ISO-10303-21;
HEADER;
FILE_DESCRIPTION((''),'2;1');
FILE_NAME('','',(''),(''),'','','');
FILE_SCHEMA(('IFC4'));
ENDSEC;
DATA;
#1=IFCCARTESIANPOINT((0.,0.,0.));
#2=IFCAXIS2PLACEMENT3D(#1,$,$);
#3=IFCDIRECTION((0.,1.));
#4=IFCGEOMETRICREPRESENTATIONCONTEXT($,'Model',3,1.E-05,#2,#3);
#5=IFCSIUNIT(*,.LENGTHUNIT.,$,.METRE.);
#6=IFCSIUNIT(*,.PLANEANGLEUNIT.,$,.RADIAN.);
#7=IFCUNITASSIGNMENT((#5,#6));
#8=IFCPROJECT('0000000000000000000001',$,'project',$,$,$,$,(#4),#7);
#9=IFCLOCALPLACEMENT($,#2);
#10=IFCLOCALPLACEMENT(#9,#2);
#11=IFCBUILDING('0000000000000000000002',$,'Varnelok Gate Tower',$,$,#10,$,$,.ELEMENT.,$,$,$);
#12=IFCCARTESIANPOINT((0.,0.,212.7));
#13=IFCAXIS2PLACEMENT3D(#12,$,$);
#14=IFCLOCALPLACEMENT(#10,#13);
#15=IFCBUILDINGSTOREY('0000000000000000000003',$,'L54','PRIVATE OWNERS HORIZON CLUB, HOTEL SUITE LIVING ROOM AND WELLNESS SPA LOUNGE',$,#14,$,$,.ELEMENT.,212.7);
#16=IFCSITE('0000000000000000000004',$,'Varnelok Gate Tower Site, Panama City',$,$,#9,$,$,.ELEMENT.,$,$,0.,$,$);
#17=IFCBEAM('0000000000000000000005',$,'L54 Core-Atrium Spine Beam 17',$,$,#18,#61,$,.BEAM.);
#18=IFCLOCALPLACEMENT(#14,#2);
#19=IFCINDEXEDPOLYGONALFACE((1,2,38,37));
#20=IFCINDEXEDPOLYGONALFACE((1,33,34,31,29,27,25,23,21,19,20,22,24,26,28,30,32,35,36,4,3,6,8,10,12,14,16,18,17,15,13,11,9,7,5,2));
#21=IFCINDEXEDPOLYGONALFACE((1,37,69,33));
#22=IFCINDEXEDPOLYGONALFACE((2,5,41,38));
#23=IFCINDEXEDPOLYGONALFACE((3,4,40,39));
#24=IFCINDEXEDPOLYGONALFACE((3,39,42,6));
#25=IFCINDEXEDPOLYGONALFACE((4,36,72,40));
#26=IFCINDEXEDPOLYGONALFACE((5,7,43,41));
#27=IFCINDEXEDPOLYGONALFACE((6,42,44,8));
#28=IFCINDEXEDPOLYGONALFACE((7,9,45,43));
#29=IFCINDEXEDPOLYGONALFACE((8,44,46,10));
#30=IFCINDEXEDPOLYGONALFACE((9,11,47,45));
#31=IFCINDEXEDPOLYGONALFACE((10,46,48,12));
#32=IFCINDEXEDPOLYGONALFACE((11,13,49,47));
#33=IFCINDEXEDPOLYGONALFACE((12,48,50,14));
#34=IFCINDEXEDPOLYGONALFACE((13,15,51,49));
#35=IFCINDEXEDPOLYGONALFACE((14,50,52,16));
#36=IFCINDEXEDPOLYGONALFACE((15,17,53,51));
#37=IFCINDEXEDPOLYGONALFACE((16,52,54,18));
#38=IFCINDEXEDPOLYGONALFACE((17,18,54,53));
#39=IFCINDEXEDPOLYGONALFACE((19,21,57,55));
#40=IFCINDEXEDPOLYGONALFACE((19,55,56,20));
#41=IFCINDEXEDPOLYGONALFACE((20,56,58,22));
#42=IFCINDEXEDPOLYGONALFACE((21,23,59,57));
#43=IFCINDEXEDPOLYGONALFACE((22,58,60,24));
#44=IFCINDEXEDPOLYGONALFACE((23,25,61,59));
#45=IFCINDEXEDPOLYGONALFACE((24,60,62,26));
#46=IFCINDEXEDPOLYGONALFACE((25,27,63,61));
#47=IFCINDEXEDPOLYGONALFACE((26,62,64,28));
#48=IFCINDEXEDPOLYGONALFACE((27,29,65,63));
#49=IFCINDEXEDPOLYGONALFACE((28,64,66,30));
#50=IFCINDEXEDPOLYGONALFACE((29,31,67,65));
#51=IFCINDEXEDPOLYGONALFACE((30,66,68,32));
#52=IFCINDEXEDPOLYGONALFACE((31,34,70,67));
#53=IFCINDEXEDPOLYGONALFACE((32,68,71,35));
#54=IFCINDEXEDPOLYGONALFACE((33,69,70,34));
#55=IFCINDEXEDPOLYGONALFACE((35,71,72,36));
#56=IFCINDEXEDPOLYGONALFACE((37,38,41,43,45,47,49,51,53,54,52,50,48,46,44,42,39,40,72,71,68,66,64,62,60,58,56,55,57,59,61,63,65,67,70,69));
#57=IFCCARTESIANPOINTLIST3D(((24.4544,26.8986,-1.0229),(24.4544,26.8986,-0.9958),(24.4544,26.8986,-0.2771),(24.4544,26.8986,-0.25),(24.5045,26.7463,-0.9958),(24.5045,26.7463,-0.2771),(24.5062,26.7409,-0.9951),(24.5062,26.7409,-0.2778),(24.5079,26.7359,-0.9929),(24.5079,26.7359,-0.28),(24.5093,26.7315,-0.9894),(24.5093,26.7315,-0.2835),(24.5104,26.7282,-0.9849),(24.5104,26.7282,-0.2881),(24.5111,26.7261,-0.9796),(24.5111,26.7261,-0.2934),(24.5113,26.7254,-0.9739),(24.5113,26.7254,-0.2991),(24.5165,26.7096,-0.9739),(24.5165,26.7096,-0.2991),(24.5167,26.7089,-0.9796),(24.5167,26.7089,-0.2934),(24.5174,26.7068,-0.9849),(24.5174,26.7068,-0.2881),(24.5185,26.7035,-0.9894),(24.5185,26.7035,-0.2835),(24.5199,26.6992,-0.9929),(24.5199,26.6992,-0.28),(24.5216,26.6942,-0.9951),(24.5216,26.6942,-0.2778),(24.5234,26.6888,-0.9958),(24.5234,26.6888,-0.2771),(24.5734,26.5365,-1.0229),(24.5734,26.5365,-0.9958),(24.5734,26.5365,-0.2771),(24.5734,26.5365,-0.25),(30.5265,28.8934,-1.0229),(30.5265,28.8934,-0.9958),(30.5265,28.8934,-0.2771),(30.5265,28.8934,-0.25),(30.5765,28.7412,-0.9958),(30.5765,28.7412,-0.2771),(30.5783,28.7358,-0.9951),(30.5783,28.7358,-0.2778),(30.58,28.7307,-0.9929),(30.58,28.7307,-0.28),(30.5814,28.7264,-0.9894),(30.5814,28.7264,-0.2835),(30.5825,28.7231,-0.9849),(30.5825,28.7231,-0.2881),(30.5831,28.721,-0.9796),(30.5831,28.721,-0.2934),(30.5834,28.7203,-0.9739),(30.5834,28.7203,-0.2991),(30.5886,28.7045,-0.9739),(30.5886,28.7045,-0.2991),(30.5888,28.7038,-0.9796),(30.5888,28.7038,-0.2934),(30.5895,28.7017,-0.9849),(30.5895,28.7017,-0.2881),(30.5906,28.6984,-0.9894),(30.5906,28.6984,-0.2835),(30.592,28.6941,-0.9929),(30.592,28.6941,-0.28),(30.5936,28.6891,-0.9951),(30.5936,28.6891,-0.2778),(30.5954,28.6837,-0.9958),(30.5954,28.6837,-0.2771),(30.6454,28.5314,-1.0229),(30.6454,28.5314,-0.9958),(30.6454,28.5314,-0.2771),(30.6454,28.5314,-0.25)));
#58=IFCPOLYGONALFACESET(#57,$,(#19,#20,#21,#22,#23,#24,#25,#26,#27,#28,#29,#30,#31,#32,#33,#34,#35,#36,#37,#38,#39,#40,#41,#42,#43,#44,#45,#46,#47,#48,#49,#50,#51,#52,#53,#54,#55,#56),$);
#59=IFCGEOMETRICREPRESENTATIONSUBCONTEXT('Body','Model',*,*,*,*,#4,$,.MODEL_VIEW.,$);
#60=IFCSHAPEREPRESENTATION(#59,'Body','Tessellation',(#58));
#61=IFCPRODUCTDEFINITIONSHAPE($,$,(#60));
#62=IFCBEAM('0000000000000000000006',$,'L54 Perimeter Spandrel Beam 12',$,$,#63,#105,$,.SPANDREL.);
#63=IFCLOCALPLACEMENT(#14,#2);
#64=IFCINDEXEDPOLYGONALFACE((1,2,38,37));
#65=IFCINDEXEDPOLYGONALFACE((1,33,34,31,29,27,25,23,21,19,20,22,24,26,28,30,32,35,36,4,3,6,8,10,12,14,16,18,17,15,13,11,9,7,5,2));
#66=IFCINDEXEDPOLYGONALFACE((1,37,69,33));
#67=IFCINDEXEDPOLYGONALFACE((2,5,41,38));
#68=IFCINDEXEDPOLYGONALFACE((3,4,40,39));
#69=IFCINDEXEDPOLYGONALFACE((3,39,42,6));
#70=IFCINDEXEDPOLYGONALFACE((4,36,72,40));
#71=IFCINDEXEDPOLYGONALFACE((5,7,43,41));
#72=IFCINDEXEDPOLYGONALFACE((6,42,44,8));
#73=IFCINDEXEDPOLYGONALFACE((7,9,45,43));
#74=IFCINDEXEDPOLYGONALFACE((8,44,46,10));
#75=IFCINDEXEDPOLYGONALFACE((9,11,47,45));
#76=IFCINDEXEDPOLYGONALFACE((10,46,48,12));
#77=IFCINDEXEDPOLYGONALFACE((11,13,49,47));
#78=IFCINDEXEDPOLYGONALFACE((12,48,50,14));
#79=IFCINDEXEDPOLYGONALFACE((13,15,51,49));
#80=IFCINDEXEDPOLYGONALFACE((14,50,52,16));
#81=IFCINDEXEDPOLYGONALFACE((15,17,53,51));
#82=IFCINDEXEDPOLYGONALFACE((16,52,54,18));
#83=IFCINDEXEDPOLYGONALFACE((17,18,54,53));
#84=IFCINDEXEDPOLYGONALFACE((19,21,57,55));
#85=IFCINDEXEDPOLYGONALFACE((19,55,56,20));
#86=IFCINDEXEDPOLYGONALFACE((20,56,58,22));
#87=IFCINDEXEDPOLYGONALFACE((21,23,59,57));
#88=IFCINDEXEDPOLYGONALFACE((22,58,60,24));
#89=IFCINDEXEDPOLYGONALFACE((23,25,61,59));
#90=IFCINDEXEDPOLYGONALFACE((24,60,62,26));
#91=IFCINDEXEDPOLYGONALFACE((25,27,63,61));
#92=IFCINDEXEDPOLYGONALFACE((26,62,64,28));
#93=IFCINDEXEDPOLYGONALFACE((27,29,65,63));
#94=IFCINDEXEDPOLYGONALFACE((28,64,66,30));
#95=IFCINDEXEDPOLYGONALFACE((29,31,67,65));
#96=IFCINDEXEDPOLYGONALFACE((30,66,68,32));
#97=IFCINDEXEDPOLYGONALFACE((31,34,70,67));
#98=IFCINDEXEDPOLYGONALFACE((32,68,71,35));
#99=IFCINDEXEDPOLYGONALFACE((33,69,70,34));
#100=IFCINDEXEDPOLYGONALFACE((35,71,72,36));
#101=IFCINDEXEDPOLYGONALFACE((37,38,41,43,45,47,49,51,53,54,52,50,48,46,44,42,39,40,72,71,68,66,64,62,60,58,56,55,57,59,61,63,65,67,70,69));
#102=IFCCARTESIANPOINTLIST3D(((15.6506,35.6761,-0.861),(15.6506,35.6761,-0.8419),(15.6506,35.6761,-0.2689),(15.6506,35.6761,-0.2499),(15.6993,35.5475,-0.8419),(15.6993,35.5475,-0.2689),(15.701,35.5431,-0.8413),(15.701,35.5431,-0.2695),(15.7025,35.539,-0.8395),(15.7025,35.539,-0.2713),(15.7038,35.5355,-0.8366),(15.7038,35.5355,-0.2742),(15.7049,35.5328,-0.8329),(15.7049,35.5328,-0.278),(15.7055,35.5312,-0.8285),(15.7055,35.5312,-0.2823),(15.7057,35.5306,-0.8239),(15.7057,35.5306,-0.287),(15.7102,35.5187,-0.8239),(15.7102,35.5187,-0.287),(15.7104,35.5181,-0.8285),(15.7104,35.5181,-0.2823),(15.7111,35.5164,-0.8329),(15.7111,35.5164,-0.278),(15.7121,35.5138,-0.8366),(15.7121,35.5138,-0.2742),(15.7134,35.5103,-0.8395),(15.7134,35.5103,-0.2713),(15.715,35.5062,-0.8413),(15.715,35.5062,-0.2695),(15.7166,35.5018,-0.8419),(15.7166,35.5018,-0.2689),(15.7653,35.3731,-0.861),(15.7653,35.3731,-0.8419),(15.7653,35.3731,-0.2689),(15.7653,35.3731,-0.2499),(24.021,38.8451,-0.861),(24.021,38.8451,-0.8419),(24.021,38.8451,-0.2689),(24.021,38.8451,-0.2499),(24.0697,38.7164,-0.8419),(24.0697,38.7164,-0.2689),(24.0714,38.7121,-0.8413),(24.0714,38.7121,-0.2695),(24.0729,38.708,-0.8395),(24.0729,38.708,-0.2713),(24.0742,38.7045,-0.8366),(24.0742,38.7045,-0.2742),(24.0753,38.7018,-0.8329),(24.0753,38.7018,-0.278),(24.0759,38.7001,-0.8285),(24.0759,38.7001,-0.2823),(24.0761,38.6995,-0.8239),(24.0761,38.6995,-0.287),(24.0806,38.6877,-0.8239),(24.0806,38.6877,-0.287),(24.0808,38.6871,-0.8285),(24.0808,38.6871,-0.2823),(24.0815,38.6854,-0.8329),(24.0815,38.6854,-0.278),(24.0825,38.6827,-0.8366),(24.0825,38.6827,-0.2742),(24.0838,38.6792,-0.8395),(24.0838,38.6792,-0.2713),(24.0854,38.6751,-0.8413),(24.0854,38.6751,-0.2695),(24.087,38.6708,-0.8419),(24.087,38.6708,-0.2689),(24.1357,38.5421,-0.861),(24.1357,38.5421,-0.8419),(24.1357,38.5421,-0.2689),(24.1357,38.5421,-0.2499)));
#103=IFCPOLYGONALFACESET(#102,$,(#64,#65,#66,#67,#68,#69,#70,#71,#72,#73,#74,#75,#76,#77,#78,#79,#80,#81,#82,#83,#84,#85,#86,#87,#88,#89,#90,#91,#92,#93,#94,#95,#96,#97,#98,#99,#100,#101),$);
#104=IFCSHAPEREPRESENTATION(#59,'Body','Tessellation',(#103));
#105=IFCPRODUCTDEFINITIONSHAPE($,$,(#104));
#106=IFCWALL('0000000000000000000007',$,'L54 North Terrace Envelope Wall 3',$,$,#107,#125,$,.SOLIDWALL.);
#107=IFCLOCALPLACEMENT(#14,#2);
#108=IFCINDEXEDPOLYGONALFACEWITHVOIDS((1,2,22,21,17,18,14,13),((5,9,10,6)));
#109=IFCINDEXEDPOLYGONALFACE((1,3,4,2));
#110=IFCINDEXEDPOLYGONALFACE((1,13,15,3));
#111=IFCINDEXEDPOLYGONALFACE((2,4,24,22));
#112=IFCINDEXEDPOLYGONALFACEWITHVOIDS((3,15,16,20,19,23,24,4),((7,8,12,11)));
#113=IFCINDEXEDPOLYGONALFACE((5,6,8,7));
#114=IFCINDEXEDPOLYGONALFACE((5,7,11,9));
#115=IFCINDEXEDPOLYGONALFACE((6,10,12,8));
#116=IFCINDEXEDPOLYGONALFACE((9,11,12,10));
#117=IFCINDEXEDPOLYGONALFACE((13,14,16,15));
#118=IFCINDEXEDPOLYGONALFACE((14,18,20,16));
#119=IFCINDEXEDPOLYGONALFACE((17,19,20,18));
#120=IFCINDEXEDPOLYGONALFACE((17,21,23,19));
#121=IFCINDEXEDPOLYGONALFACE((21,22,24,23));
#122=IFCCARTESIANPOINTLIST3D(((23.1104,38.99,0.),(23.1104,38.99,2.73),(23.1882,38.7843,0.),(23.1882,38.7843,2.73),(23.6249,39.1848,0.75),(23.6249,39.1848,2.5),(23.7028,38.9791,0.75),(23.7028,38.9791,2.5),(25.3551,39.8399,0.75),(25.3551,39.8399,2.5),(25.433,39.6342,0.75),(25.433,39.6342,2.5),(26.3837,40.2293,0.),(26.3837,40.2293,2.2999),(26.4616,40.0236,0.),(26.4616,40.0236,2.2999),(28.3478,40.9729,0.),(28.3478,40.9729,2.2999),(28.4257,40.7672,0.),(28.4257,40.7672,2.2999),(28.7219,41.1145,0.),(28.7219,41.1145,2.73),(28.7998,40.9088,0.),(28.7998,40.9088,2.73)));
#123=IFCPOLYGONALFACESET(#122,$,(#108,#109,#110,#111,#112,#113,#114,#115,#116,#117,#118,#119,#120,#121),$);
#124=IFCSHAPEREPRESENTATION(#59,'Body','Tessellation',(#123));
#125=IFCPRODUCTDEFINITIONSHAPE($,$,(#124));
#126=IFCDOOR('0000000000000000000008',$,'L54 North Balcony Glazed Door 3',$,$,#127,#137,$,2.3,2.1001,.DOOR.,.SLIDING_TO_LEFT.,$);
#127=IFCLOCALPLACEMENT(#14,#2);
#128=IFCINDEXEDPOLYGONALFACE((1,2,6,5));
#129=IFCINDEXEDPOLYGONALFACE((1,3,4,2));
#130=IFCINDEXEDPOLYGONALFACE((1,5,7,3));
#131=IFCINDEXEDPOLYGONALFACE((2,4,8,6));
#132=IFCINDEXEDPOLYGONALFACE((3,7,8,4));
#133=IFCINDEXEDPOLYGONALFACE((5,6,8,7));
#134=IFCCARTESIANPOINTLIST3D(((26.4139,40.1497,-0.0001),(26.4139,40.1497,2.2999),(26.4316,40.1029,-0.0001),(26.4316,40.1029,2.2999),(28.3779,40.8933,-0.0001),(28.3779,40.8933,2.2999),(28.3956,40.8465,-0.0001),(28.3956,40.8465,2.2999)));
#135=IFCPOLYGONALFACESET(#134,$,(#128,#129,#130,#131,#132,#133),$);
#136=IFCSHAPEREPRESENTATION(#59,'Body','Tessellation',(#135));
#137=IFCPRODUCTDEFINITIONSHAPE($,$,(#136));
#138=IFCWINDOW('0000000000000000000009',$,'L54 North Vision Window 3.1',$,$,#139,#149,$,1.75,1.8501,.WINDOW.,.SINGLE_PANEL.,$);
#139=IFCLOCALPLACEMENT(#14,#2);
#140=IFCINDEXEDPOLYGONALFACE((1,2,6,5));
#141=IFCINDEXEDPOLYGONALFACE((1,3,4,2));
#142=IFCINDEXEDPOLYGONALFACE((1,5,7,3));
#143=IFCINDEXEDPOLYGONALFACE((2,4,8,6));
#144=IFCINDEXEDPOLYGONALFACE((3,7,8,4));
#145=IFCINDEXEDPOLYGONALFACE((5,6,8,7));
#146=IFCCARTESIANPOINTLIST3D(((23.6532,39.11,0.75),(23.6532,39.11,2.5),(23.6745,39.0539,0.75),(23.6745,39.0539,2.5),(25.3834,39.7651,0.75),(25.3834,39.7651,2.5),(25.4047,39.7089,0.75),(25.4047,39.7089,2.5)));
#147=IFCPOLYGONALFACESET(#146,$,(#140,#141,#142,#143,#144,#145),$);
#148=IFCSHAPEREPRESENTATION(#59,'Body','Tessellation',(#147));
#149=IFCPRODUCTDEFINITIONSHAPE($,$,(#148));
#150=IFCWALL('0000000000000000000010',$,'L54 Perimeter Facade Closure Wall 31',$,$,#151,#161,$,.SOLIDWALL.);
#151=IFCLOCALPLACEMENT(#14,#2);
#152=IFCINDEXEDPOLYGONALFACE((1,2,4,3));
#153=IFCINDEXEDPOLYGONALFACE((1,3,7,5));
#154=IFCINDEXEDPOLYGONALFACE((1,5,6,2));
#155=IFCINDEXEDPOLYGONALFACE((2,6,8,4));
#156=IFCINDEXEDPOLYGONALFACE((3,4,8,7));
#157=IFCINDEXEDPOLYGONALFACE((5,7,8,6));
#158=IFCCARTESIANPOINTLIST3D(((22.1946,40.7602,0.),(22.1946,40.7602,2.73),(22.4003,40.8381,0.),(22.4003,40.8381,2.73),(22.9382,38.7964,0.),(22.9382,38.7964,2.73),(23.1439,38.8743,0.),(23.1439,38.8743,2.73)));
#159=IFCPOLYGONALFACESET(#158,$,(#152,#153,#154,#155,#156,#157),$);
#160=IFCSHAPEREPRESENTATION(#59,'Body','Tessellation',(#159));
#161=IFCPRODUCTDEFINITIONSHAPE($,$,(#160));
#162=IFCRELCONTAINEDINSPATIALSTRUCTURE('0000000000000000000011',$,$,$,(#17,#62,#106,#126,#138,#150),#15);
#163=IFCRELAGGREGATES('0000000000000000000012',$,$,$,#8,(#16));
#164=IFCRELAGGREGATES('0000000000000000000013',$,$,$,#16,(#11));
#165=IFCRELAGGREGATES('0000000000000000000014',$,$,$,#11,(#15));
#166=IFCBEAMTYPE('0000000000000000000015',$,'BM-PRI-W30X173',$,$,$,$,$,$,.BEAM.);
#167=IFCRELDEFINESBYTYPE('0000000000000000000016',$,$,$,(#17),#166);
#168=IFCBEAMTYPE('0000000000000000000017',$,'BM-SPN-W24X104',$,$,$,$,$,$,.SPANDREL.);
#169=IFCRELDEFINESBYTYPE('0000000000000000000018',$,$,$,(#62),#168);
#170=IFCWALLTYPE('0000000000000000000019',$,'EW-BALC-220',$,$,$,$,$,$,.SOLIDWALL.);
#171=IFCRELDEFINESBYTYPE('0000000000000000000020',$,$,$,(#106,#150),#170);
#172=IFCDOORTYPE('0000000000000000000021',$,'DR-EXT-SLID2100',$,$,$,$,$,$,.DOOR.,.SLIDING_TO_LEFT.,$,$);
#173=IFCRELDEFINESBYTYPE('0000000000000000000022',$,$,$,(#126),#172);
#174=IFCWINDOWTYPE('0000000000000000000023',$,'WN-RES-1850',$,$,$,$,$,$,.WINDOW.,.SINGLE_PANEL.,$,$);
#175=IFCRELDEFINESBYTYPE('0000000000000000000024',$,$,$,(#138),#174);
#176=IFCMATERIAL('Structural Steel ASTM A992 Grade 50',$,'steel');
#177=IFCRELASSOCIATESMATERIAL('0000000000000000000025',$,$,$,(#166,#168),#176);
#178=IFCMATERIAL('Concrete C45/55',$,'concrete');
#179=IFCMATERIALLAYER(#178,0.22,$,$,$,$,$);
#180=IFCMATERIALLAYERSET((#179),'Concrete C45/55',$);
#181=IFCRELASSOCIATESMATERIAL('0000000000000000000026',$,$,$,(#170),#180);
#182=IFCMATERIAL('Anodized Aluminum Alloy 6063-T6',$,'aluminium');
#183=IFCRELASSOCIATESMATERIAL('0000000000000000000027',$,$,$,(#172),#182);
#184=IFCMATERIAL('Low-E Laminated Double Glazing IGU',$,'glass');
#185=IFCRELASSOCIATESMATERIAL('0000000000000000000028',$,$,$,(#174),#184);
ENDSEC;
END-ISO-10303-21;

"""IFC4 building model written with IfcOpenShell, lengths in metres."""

from ifc_helpers import new_model, si_unit, direction, frame, frame_2d, origin, origin_2d, place, context, subcontext, project, spatial, rectangle, i_section, extrude, material, layer, layer_set, material_profile, profile_set, type_object, element, fill, save


model = new_model("IFC4")

# Units and contexts
model_context = context("Model", 3, precision=1e-05, world=origin(), true_north=direction((0.0, 1.0)))
body_context = subcontext(model_context, "Body", "Model", "MODEL_VIEW")
ifc_project = project(units=[si_unit("LENGTHUNIT", "METRE"), si_unit("PLANEANGLEUNIT", "RADIAN")], contexts=[model_context])

# Site, building, storey
site_placement = place(None, origin())
site = spatial("IfcSite", under=ifc_project, at=site_placement, Name="Varnelok Gate Tower Site, Panama City", CompositionType="ELEMENT", RefElevation=0.0)
building_placement = place(site_placement, origin())
building = spatial("IfcBuilding", under=site, at=building_placement, Name="Varnelok Gate Tower", CompositionType="ELEMENT")
storey_placement = place(building_placement, frame((0.0, 0.0, 212.7)))
storey = spatial("IfcBuildingStorey", under=building, at=storey_placement, Name="L54", Description="PRIVATE OWNERS HORIZON CLUB, HOTEL SUITE LIVING ROOM AND WELLNESS SPA LOUNGE", CompositionType="ELEMENT", Elevation=212.7)

# Shared definitions
ifc_material_1 = material(Name="Structural Steel ASTM A992 Grade 50", Category="steel")

# Beams
ifc_material_profile_1 = material_profile(ifc_material_1, i_section(OverallWidth=0.3811, OverallDepth=0.7729, WebThickness=0.0166, FlangeThickness=0.0271, FilletRadius=0.022, at=origin_2d()), Name="W30X173")
ifc_profile_set_1 = profile_set([ifc_material_profile_1], Name="Structural Steel ASTM A992 Grade 50")
beam_type_1 = type_object("IfcBeamType", Name="BM-PRI-W30X173", PredefinedType="BEAM", material=ifc_profile_set_1)
beam_1_placement = place(storey_placement, frame((24.5139, 26.7175, -0.6365), z_axis=(0.950042, 0.312122, 0.0), x_axis=(-0.312122, 0.950042, 0.0)))
element("IfcBeam", 1, at=beam_1_placement, inside=storey, type_object=beam_type_1, Name="L54 Core-Atrium Spine Beam 17", PredefinedType="BEAM", context=body_context, shape_type="SweptSolid", body=[
    extrude(i_section(OverallWidth=0.3811, OverallDepth=0.7729, WebThickness=0.0166, FlangeThickness=0.0271, FilletRadius=0.022, at=origin_2d()), origin(), (0.0, 0.0, 1.0), 6.3914),
])
ifc_material_profile_2 = material_profile(ifc_material_1, i_section(OverallWidth=0.324, OverallDepth=0.6111, WebThickness=0.0127, FlangeThickness=0.019, FilletRadius=0.0181, at=origin_2d()), Name="W24X104")
ifc_profile_set_2 = profile_set([ifc_material_profile_2], Name="Structural Steel ASTM A992 Grade 50")
beam_type_2 = type_object("IfcBeamType", Name="BM-SPN-W24X104", PredefinedType="SPANDREL", material=ifc_profile_set_2)
beam_2_placement = place(storey_placement, frame((24.0784, 38.6936, -0.5554), z_axis=(-0.93522, -0.354066, 0.0), x_axis=(0.354066, -0.93522, 0.0)))
element("IfcBeam", 2, at=beam_2_placement, inside=storey, type_object=beam_type_2, Name="L54 Perimeter Spandrel Beam 12", PredefinedType="SPANDREL", context=body_context, shape_type="SweptSolid", body=[
    extrude(i_section(OverallWidth=0.324, OverallDepth=0.6111, WebThickness=0.0127, FlangeThickness=0.019, FilletRadius=0.0181, at=origin_2d()), origin(), (0.0, 0.0, 1.0), 8.9502),
])

# Wall, openings, door, window
ifc_material_2 = material(Name="Concrete C45/55", Category="concrete")
ifc_layer_1 = layer(ifc_material_2, 0.22)
ifc_layer_set_1 = layer_set([ifc_layer_1], Name="Concrete C45/55")
wall_type_1 = type_object("IfcWallType", Name="EW-BALC-220", PredefinedType="SOLIDWALL", material=ifc_layer_set_1)
wall_1_placement = place(storey_placement, frame((23.1494, 38.8872, 0.0), z_axis=(0.0, 0.0, 1.0), x_axis=(0.935219, 0.354069, 0.0)))
wall_1 = element("IfcWall", 3, at=wall_1_placement, inside=storey, type_object=wall_type_1, Name="L54 North Terrace Envelope Wall 3", PredefinedType="SOLIDWALL", context=body_context, shape_type="SweptSolid", body=[
    extrude(rectangle(XDim=6.0002, YDim=0.22, at=frame_2d((3.0, 0.0))), origin(), (0.0, 0.0, 1.0), 2.73),
])
opening_1_placement = place(wall_1_placement, frame((3.5, 0.0, 0.0)))
opening_1 = element("IfcOpeningElement", 4, at=opening_1_placement, cuts=wall_1, PredefinedType="OPENING", context=body_context, shape_type="SweptSolid", body=[
    extrude(rectangle(XDim=2.1001, YDim=2.3, at=frame_2d((1.05, 1.1499))), frame((0.0, 0.1199, 0.0), z_axis=(0.0, -1.0, 0.0), x_axis=(1.0, 0.0, 0.0)), (0.0, 0.0, 1.0), 0.24),
])
opening_2_placement = place(wall_1_placement, frame((0.55, 0.0, 0.75)))
opening_2 = element("IfcOpeningElement", 5, at=opening_2_placement, cuts=wall_1, PredefinedType="OPENING", context=body_context, shape_type="SweptSolid", body=[
    extrude(rectangle(XDim=1.8501, YDim=1.75, at=frame_2d((0.925, 0.875))), frame((0.0, 0.1199, 0.0), z_axis=(0.0, -1.0, 0.0), x_axis=(1.0, 0.0, 0.0)), (0.0, 0.0, 1.0), 0.24),
])
ifc_material_3 = material(Name="Anodized Aluminum Alloy 6063-T6", Category="aluminium")
door_type_1 = type_object("IfcDoorType", Name="DR-EXT-SLID2100", OperationType="SLIDING_TO_LEFT", PredefinedType="DOOR", material=ifc_material_3)
door_1_placement = place(opening_1_placement, origin())
door_1 = element("IfcDoor", 6, at=door_1_placement, inside=storey, type_object=door_type_1, Name="L54 North Balcony Glazed Door 3", OperationType="SLIDING_TO_LEFT", OverallHeight=2.3, OverallWidth=2.1001, PredefinedType="DOOR", context=body_context, shape_type="SweptSolid", body=[
    extrude(rectangle(XDim=2.1001, YDim=2.3, at=frame_2d((1.05, 1.1499))), frame((0.0, 0.0249, 0.0), z_axis=(0.0, -1.0, 0.0), x_axis=(1.0, 0.0, 0.0)), (0.0, 0.0, 1.0), 0.05),
])
fill(opening_1, door_1)
ifc_material_4 = material(Name="Low-E Laminated Double Glazing IGU", Category="glass")
window_type_1 = type_object("IfcWindowType", Name="WN-RES-1850", PartitioningType="SINGLE_PANEL", PredefinedType="WINDOW", material=ifc_material_4)
window_1_placement = place(opening_2_placement, origin())
window_1 = element("IfcWindow", 7, at=window_1_placement, inside=storey, type_object=window_type_1, Name="L54 North Vision Window 3.1", OverallHeight=1.75, OverallWidth=1.8501, PartitioningType="SINGLE_PANEL", PredefinedType="WINDOW", context=body_context, shape_type="SweptSolid", body=[
    extrude(rectangle(XDim=1.8501, YDim=1.75, at=frame_2d((0.925, 0.875))), frame((0.0, 0.03, 0.0), z_axis=(0.0, -1.0, 0.0), x_axis=(1.0, 0.0, 0.0)), (0.0, 0.0, 1.0), 0.0601),
])
fill(opening_2, window_1)

# Wall
wall_2_placement = place(storey_placement, frame((23.041, 38.8354, 0.0), z_axis=(0.0, 0.0, 1.0), x_axis=(-0.354128, 0.935197, 0.0)))
element("IfcWall", 8, at=wall_2_placement, inside=storey, type_object=wall_type_1, Name="L54 Perimeter Facade Closure Wall 31", PredefinedType="SOLIDWALL", context=body_context, shape_type="SweptSolid", body=[
    extrude(rectangle(XDim=2.0999, YDim=0.22, at=frame_2d((1.0498, 0.0))), origin(), (0.0, 0.0, 1.0), 2.73),
])

save(model, "model.ifc")
